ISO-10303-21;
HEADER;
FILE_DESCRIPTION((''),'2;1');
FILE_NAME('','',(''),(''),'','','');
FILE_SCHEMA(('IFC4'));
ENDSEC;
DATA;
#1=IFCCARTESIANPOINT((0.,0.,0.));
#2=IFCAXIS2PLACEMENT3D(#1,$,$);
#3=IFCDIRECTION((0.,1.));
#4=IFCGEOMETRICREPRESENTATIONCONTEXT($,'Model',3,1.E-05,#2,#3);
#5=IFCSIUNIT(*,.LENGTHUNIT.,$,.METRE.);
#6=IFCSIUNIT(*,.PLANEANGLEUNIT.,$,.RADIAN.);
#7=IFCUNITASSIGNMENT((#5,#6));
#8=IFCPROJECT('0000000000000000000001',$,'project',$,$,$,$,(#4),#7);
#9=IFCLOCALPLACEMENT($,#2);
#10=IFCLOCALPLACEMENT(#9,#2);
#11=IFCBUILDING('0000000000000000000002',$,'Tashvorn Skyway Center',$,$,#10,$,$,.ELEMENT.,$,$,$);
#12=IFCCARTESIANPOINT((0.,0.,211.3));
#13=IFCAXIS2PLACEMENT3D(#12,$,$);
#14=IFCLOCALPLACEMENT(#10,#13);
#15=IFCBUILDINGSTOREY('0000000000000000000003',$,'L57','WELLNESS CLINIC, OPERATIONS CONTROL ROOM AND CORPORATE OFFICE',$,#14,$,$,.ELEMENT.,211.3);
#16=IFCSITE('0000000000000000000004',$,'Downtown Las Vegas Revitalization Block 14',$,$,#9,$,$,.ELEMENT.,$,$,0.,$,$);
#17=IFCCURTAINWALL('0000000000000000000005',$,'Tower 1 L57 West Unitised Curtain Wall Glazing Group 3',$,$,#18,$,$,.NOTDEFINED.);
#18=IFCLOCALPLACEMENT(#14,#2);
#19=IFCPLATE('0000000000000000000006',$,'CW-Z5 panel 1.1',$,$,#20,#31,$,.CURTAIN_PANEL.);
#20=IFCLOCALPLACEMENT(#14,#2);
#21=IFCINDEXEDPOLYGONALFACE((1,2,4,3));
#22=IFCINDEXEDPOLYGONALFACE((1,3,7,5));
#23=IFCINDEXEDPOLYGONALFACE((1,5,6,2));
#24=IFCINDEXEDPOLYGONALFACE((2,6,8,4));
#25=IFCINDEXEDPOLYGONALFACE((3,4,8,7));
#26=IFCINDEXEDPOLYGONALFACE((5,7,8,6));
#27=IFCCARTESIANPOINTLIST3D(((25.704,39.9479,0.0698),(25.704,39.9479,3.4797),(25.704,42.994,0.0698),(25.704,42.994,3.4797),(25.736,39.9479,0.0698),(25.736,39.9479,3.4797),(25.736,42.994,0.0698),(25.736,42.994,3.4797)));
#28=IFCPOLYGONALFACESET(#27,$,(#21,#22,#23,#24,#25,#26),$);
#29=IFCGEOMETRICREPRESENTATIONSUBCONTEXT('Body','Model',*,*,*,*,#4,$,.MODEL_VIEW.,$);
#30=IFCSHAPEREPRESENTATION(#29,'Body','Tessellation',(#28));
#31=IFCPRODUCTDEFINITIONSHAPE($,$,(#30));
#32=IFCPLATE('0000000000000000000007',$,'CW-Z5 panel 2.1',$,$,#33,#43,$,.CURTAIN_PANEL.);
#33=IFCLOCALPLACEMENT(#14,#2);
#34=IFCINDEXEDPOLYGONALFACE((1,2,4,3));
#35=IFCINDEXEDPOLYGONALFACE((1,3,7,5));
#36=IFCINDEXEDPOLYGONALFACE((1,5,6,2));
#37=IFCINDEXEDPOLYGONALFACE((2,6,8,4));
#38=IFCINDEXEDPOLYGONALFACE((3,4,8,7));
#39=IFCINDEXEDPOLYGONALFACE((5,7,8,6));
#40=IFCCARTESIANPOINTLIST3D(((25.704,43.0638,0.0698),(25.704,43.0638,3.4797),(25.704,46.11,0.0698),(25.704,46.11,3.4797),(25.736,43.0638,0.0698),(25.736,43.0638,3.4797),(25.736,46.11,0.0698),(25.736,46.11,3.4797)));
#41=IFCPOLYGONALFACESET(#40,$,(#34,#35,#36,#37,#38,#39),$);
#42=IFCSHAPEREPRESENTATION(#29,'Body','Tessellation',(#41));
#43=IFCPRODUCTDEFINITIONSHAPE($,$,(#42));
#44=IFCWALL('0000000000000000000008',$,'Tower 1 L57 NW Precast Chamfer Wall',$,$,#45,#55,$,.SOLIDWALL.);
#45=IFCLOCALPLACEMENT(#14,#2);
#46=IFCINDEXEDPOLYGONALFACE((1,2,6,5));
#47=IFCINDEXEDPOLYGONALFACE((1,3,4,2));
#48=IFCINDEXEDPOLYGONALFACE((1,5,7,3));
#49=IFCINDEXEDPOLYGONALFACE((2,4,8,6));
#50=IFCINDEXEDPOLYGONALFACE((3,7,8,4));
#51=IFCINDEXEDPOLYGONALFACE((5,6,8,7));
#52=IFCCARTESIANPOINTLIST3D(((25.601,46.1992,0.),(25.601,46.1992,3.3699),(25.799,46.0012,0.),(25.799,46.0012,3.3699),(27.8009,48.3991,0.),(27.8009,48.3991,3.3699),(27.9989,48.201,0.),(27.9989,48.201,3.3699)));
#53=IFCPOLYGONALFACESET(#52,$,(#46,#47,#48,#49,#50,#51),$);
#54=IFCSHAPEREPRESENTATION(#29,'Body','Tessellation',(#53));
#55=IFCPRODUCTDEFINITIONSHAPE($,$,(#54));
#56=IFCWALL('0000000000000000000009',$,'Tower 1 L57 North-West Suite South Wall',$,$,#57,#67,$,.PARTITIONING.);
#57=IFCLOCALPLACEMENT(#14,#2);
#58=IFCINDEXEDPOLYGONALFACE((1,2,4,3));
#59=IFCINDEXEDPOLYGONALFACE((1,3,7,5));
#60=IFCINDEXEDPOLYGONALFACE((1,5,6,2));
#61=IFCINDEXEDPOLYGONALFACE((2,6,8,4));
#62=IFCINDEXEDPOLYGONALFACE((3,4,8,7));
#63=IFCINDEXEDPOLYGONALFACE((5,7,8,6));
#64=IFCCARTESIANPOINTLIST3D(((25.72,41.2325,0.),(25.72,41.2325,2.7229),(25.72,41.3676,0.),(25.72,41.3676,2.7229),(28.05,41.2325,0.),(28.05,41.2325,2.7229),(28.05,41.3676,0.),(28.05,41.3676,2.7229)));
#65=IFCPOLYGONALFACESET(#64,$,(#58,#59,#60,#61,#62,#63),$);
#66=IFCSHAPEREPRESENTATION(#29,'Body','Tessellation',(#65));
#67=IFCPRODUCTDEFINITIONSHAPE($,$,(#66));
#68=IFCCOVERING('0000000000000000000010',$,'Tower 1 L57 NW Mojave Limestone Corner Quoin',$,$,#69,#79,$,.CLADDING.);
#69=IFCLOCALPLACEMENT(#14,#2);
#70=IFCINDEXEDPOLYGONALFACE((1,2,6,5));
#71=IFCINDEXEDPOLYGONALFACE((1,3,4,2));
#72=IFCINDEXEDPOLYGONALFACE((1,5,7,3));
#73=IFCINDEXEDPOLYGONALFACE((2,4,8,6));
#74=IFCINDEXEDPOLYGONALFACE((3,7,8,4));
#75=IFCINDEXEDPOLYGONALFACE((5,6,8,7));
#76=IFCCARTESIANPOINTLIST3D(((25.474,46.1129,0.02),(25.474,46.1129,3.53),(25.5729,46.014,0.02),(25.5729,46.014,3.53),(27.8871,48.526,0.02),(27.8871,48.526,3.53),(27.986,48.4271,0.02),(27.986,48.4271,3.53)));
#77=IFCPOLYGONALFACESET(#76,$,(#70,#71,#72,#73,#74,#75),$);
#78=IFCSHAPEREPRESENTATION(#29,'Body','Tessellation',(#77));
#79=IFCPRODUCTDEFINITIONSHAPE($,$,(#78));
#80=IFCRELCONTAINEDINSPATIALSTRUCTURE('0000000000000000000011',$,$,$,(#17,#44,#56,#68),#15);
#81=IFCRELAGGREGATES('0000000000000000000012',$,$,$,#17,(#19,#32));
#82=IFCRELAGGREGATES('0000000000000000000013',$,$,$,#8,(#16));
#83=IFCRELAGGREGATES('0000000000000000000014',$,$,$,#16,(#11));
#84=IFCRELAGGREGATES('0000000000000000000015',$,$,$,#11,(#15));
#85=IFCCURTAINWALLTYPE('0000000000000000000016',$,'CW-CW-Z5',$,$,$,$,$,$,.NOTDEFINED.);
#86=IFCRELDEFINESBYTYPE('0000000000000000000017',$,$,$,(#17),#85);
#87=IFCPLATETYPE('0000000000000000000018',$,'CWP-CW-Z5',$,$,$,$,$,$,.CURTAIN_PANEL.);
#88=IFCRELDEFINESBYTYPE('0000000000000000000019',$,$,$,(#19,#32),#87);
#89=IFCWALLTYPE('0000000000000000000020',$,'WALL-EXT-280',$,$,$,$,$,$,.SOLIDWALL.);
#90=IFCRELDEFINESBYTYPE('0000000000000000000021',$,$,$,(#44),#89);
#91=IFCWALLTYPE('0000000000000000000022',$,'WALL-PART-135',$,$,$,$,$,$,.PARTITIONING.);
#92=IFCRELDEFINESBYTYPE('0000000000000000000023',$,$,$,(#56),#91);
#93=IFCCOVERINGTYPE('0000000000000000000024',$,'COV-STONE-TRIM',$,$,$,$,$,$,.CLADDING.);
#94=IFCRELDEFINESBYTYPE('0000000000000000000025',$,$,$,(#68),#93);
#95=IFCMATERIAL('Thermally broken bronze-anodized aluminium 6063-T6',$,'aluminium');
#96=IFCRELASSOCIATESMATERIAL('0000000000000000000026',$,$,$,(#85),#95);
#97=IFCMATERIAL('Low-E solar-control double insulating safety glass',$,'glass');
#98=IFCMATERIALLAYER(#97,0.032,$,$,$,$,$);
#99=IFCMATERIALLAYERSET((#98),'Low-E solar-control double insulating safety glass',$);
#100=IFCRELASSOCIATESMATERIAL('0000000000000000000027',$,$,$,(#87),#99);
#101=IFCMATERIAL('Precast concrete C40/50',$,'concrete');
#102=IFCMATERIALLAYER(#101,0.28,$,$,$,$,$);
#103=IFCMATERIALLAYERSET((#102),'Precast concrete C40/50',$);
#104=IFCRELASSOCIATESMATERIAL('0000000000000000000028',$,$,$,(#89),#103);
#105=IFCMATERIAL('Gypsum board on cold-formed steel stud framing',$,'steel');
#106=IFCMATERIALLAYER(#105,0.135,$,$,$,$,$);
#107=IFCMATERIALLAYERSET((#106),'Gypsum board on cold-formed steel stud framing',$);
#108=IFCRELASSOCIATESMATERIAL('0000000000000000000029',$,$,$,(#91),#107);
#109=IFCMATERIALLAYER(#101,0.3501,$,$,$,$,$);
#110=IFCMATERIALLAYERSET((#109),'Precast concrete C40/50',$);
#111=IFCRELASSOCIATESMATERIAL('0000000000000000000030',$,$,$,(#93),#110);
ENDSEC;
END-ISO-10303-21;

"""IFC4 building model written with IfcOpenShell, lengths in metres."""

from ifc_helpers import new_model, si_unit, direction, frame, frame_2d, origin, origin_2d, place, context, subcontext, project, spatial, rectangle, extrude, material, layer, layer_set, type_object, element, aggregate, save


model = new_model("IFC4")

# Units and contexts
model_context = context("Model", 3, precision=1e-05, world=origin(), true_north=direction((0.0, 1.0)))
body_context = subcontext(model_context, "Body", "Model", "MODEL_VIEW")
ifc_project = project(units=[si_unit("LENGTHUNIT", "METRE"), si_unit("PLANEANGLEUNIT", "RADIAN")], contexts=[model_context])

# Site, building, storey
site_placement = place(None, origin())
site = spatial("IfcSite", under=ifc_project, at=site_placement, Name="Downtown Las Vegas Revitalization Block 14", CompositionType="ELEMENT", RefElevation=0.0)
building_placement = place(site_placement, origin())
building = spatial("IfcBuilding", under=site, at=building_placement, Name="Tashvorn Skyway Center", CompositionType="ELEMENT")
storey_placement = place(building_placement, frame((0.0, 0.0, 211.3)))
storey = spatial("IfcBuildingStorey", under=building, at=storey_placement, Name="L57", Description="WELLNESS CLINIC, OPERATIONS CONTROL ROOM AND CORPORATE OFFICE", CompositionType="ELEMENT", Elevation=211.3)

# Curtain wall
ifc_material_1 = material(Name="Thermally broken bronze-anodized aluminium 6063-T6", Category="aluminium")
curtain_wall_type = type_object("IfcCurtainWallType", Name="CW-CW-Z5", PredefinedType="NOTDEFINED", material=ifc_material_1)
curtain_wall_1_placement = place(storey_placement, origin())
curtain_wall_1 = element("IfcCurtainWall", 1, at=curtain_wall_1_placement, inside=storey, type_object=curtain_wall_type, Name="Tower 1 L57 West Unitised Curtain Wall Glazing Group 3", PredefinedType="NOTDEFINED")

# Plates
ifc_material_2 = material(Name="Low-E solar-control double insulating safety glass", Category="glass")
ifc_layer_1 = layer(ifc_material_2, 0.032)
ifc_layer_set_1 = layer_set([ifc_layer_1], Name="Low-E solar-control double insulating safety glass")
plate_type = type_object("IfcPlateType", Name="CWP-CW-Z5", PredefinedType="CURTAIN_PANEL", material=ifc_layer_set_1)
plate_1_placement = place(storey_placement, frame((25.72, 41.4709, 0.0698), z_axis=(0.0, 0.0, 1.0), x_axis=(0.0, 1.0, 0.0)))
plate_1 = element("IfcPlate", 2, at=plate_1_placement, type_object=plate_type, Name="CW-Z5 panel 1.1", PredefinedType="CURTAIN_PANEL", context=body_context, shape_type="SweptSolid", body=[
    extrude(rectangle(XDim=3.0461, YDim=0.032, at=origin_2d()), origin(), (0.0, 0.0, 1.0), 3.4099),
])
plate_2_placement = place(storey_placement, frame((25.72, 44.5869, 0.0698), z_axis=(0.0, 0.0, 1.0), x_axis=(0.0, 1.0, 0.0)))
plate_2 = element("IfcPlate", 3, at=plate_2_placement, type_object=plate_type, Name="CW-Z5 panel 2.1", PredefinedType="CURTAIN_PANEL", context=body_context, shape_type="SweptSolid", body=[
    extrude(rectangle(XDim=3.0461, YDim=0.032, at=origin_2d()), origin(), (0.0, 0.0, 1.0), 3.4099),
])
aggregate(curtain_wall_1, [plate_1, plate_2])

# Walls
ifc_material_3 = material(Name="Precast concrete C40/50", Category="concrete")
ifc_layer_2 = layer(ifc_material_3, 0.28)
ifc_layer_set_2 = layer_set([ifc_layer_2], Name="Precast concrete C40/50")
wall_type_1 = type_object("IfcWallType", Name="WALL-EXT-280", PredefinedType="SOLIDWALL", material=ifc_layer_set_2)
wall_1_placement = place(storey_placement, frame((25.7, 46.1001, 0.0), z_axis=(0.0, 0.0, 1.0), x_axis=(0.707107, 0.707107, 0.0)))
element("IfcWall", 4, at=wall_1_placement, inside=storey, type_object=wall_type_1, Name="Tower 1 L57 NW Precast Chamfer Wall", PredefinedType="SOLIDWALL", context=body_context, shape_type="SweptSolid", body=[
    extrude(rectangle(XDim=3.1111, YDim=0.28, at=frame_2d((1.5557, 0.0))), origin(), (0.0, 0.0, 1.0), 3.3699),
])
ifc_material_4 = material(Name="Gypsum board on cold-formed steel stud framing", Category="steel")
ifc_layer_3 = layer(ifc_material_4, 0.135)
ifc_layer_set_3 = layer_set([ifc_layer_3], Name="Gypsum board on cold-formed steel stud framing")
wall_type_2 = type_object("IfcWallType", Name="WALL-PART-135", PredefinedType="PARTITIONING", material=ifc_layer_set_3)
wall_2_placement = place(storey_placement, frame((25.72, 41.3, 0.0), z_axis=(0.0, 0.0, 1.0), x_axis=(1.0, 0.0, 0.0)))
element("IfcWall", 5, at=wall_2_placement, inside=storey, type_object=wall_type_2, Name="Tower 1 L57 North-West Suite South Wall", PredefinedType="PARTITIONING", context=body_context, shape_type="SweptSolid", body=[
    extrude(rectangle(XDim=2.3301, YDim=0.135, at=frame_2d((1.165, 0.0))), origin(), (0.0, 0.0, 1.0), 2.7229),
])

# Covering
ifc_layer_4 = layer(ifc_material_3, 0.3501)
ifc_layer_set_4 = layer_set([ifc_layer_4], Name="Precast concrete C40/50")
covering_type = type_object("IfcCoveringType", Name="COV-STONE-TRIM", PredefinedType="CLADDING", material=ifc_layer_set_4)
covering_placement = place(storey_placement, frame((26.73, 47.27, 0.02), z_axis=(0.0, 0.0, 1.0), x_axis=(-0.707107, -0.707107, 0.0)))
element("IfcCovering", 6, at=covering_placement, inside=storey, type_object=covering_type, Name="Tower 1 L57 NW Mojave Limestone Corner Quoin", PredefinedType="CLADDING", context=body_context, shape_type="SweptSolid", body=[
    extrude(rectangle(XDim=3.4126, YDim=0.1399, at=origin_2d()), origin(), (0.0, 0.0, 1.0), 3.51),
])

save(model, "model.ifc")
